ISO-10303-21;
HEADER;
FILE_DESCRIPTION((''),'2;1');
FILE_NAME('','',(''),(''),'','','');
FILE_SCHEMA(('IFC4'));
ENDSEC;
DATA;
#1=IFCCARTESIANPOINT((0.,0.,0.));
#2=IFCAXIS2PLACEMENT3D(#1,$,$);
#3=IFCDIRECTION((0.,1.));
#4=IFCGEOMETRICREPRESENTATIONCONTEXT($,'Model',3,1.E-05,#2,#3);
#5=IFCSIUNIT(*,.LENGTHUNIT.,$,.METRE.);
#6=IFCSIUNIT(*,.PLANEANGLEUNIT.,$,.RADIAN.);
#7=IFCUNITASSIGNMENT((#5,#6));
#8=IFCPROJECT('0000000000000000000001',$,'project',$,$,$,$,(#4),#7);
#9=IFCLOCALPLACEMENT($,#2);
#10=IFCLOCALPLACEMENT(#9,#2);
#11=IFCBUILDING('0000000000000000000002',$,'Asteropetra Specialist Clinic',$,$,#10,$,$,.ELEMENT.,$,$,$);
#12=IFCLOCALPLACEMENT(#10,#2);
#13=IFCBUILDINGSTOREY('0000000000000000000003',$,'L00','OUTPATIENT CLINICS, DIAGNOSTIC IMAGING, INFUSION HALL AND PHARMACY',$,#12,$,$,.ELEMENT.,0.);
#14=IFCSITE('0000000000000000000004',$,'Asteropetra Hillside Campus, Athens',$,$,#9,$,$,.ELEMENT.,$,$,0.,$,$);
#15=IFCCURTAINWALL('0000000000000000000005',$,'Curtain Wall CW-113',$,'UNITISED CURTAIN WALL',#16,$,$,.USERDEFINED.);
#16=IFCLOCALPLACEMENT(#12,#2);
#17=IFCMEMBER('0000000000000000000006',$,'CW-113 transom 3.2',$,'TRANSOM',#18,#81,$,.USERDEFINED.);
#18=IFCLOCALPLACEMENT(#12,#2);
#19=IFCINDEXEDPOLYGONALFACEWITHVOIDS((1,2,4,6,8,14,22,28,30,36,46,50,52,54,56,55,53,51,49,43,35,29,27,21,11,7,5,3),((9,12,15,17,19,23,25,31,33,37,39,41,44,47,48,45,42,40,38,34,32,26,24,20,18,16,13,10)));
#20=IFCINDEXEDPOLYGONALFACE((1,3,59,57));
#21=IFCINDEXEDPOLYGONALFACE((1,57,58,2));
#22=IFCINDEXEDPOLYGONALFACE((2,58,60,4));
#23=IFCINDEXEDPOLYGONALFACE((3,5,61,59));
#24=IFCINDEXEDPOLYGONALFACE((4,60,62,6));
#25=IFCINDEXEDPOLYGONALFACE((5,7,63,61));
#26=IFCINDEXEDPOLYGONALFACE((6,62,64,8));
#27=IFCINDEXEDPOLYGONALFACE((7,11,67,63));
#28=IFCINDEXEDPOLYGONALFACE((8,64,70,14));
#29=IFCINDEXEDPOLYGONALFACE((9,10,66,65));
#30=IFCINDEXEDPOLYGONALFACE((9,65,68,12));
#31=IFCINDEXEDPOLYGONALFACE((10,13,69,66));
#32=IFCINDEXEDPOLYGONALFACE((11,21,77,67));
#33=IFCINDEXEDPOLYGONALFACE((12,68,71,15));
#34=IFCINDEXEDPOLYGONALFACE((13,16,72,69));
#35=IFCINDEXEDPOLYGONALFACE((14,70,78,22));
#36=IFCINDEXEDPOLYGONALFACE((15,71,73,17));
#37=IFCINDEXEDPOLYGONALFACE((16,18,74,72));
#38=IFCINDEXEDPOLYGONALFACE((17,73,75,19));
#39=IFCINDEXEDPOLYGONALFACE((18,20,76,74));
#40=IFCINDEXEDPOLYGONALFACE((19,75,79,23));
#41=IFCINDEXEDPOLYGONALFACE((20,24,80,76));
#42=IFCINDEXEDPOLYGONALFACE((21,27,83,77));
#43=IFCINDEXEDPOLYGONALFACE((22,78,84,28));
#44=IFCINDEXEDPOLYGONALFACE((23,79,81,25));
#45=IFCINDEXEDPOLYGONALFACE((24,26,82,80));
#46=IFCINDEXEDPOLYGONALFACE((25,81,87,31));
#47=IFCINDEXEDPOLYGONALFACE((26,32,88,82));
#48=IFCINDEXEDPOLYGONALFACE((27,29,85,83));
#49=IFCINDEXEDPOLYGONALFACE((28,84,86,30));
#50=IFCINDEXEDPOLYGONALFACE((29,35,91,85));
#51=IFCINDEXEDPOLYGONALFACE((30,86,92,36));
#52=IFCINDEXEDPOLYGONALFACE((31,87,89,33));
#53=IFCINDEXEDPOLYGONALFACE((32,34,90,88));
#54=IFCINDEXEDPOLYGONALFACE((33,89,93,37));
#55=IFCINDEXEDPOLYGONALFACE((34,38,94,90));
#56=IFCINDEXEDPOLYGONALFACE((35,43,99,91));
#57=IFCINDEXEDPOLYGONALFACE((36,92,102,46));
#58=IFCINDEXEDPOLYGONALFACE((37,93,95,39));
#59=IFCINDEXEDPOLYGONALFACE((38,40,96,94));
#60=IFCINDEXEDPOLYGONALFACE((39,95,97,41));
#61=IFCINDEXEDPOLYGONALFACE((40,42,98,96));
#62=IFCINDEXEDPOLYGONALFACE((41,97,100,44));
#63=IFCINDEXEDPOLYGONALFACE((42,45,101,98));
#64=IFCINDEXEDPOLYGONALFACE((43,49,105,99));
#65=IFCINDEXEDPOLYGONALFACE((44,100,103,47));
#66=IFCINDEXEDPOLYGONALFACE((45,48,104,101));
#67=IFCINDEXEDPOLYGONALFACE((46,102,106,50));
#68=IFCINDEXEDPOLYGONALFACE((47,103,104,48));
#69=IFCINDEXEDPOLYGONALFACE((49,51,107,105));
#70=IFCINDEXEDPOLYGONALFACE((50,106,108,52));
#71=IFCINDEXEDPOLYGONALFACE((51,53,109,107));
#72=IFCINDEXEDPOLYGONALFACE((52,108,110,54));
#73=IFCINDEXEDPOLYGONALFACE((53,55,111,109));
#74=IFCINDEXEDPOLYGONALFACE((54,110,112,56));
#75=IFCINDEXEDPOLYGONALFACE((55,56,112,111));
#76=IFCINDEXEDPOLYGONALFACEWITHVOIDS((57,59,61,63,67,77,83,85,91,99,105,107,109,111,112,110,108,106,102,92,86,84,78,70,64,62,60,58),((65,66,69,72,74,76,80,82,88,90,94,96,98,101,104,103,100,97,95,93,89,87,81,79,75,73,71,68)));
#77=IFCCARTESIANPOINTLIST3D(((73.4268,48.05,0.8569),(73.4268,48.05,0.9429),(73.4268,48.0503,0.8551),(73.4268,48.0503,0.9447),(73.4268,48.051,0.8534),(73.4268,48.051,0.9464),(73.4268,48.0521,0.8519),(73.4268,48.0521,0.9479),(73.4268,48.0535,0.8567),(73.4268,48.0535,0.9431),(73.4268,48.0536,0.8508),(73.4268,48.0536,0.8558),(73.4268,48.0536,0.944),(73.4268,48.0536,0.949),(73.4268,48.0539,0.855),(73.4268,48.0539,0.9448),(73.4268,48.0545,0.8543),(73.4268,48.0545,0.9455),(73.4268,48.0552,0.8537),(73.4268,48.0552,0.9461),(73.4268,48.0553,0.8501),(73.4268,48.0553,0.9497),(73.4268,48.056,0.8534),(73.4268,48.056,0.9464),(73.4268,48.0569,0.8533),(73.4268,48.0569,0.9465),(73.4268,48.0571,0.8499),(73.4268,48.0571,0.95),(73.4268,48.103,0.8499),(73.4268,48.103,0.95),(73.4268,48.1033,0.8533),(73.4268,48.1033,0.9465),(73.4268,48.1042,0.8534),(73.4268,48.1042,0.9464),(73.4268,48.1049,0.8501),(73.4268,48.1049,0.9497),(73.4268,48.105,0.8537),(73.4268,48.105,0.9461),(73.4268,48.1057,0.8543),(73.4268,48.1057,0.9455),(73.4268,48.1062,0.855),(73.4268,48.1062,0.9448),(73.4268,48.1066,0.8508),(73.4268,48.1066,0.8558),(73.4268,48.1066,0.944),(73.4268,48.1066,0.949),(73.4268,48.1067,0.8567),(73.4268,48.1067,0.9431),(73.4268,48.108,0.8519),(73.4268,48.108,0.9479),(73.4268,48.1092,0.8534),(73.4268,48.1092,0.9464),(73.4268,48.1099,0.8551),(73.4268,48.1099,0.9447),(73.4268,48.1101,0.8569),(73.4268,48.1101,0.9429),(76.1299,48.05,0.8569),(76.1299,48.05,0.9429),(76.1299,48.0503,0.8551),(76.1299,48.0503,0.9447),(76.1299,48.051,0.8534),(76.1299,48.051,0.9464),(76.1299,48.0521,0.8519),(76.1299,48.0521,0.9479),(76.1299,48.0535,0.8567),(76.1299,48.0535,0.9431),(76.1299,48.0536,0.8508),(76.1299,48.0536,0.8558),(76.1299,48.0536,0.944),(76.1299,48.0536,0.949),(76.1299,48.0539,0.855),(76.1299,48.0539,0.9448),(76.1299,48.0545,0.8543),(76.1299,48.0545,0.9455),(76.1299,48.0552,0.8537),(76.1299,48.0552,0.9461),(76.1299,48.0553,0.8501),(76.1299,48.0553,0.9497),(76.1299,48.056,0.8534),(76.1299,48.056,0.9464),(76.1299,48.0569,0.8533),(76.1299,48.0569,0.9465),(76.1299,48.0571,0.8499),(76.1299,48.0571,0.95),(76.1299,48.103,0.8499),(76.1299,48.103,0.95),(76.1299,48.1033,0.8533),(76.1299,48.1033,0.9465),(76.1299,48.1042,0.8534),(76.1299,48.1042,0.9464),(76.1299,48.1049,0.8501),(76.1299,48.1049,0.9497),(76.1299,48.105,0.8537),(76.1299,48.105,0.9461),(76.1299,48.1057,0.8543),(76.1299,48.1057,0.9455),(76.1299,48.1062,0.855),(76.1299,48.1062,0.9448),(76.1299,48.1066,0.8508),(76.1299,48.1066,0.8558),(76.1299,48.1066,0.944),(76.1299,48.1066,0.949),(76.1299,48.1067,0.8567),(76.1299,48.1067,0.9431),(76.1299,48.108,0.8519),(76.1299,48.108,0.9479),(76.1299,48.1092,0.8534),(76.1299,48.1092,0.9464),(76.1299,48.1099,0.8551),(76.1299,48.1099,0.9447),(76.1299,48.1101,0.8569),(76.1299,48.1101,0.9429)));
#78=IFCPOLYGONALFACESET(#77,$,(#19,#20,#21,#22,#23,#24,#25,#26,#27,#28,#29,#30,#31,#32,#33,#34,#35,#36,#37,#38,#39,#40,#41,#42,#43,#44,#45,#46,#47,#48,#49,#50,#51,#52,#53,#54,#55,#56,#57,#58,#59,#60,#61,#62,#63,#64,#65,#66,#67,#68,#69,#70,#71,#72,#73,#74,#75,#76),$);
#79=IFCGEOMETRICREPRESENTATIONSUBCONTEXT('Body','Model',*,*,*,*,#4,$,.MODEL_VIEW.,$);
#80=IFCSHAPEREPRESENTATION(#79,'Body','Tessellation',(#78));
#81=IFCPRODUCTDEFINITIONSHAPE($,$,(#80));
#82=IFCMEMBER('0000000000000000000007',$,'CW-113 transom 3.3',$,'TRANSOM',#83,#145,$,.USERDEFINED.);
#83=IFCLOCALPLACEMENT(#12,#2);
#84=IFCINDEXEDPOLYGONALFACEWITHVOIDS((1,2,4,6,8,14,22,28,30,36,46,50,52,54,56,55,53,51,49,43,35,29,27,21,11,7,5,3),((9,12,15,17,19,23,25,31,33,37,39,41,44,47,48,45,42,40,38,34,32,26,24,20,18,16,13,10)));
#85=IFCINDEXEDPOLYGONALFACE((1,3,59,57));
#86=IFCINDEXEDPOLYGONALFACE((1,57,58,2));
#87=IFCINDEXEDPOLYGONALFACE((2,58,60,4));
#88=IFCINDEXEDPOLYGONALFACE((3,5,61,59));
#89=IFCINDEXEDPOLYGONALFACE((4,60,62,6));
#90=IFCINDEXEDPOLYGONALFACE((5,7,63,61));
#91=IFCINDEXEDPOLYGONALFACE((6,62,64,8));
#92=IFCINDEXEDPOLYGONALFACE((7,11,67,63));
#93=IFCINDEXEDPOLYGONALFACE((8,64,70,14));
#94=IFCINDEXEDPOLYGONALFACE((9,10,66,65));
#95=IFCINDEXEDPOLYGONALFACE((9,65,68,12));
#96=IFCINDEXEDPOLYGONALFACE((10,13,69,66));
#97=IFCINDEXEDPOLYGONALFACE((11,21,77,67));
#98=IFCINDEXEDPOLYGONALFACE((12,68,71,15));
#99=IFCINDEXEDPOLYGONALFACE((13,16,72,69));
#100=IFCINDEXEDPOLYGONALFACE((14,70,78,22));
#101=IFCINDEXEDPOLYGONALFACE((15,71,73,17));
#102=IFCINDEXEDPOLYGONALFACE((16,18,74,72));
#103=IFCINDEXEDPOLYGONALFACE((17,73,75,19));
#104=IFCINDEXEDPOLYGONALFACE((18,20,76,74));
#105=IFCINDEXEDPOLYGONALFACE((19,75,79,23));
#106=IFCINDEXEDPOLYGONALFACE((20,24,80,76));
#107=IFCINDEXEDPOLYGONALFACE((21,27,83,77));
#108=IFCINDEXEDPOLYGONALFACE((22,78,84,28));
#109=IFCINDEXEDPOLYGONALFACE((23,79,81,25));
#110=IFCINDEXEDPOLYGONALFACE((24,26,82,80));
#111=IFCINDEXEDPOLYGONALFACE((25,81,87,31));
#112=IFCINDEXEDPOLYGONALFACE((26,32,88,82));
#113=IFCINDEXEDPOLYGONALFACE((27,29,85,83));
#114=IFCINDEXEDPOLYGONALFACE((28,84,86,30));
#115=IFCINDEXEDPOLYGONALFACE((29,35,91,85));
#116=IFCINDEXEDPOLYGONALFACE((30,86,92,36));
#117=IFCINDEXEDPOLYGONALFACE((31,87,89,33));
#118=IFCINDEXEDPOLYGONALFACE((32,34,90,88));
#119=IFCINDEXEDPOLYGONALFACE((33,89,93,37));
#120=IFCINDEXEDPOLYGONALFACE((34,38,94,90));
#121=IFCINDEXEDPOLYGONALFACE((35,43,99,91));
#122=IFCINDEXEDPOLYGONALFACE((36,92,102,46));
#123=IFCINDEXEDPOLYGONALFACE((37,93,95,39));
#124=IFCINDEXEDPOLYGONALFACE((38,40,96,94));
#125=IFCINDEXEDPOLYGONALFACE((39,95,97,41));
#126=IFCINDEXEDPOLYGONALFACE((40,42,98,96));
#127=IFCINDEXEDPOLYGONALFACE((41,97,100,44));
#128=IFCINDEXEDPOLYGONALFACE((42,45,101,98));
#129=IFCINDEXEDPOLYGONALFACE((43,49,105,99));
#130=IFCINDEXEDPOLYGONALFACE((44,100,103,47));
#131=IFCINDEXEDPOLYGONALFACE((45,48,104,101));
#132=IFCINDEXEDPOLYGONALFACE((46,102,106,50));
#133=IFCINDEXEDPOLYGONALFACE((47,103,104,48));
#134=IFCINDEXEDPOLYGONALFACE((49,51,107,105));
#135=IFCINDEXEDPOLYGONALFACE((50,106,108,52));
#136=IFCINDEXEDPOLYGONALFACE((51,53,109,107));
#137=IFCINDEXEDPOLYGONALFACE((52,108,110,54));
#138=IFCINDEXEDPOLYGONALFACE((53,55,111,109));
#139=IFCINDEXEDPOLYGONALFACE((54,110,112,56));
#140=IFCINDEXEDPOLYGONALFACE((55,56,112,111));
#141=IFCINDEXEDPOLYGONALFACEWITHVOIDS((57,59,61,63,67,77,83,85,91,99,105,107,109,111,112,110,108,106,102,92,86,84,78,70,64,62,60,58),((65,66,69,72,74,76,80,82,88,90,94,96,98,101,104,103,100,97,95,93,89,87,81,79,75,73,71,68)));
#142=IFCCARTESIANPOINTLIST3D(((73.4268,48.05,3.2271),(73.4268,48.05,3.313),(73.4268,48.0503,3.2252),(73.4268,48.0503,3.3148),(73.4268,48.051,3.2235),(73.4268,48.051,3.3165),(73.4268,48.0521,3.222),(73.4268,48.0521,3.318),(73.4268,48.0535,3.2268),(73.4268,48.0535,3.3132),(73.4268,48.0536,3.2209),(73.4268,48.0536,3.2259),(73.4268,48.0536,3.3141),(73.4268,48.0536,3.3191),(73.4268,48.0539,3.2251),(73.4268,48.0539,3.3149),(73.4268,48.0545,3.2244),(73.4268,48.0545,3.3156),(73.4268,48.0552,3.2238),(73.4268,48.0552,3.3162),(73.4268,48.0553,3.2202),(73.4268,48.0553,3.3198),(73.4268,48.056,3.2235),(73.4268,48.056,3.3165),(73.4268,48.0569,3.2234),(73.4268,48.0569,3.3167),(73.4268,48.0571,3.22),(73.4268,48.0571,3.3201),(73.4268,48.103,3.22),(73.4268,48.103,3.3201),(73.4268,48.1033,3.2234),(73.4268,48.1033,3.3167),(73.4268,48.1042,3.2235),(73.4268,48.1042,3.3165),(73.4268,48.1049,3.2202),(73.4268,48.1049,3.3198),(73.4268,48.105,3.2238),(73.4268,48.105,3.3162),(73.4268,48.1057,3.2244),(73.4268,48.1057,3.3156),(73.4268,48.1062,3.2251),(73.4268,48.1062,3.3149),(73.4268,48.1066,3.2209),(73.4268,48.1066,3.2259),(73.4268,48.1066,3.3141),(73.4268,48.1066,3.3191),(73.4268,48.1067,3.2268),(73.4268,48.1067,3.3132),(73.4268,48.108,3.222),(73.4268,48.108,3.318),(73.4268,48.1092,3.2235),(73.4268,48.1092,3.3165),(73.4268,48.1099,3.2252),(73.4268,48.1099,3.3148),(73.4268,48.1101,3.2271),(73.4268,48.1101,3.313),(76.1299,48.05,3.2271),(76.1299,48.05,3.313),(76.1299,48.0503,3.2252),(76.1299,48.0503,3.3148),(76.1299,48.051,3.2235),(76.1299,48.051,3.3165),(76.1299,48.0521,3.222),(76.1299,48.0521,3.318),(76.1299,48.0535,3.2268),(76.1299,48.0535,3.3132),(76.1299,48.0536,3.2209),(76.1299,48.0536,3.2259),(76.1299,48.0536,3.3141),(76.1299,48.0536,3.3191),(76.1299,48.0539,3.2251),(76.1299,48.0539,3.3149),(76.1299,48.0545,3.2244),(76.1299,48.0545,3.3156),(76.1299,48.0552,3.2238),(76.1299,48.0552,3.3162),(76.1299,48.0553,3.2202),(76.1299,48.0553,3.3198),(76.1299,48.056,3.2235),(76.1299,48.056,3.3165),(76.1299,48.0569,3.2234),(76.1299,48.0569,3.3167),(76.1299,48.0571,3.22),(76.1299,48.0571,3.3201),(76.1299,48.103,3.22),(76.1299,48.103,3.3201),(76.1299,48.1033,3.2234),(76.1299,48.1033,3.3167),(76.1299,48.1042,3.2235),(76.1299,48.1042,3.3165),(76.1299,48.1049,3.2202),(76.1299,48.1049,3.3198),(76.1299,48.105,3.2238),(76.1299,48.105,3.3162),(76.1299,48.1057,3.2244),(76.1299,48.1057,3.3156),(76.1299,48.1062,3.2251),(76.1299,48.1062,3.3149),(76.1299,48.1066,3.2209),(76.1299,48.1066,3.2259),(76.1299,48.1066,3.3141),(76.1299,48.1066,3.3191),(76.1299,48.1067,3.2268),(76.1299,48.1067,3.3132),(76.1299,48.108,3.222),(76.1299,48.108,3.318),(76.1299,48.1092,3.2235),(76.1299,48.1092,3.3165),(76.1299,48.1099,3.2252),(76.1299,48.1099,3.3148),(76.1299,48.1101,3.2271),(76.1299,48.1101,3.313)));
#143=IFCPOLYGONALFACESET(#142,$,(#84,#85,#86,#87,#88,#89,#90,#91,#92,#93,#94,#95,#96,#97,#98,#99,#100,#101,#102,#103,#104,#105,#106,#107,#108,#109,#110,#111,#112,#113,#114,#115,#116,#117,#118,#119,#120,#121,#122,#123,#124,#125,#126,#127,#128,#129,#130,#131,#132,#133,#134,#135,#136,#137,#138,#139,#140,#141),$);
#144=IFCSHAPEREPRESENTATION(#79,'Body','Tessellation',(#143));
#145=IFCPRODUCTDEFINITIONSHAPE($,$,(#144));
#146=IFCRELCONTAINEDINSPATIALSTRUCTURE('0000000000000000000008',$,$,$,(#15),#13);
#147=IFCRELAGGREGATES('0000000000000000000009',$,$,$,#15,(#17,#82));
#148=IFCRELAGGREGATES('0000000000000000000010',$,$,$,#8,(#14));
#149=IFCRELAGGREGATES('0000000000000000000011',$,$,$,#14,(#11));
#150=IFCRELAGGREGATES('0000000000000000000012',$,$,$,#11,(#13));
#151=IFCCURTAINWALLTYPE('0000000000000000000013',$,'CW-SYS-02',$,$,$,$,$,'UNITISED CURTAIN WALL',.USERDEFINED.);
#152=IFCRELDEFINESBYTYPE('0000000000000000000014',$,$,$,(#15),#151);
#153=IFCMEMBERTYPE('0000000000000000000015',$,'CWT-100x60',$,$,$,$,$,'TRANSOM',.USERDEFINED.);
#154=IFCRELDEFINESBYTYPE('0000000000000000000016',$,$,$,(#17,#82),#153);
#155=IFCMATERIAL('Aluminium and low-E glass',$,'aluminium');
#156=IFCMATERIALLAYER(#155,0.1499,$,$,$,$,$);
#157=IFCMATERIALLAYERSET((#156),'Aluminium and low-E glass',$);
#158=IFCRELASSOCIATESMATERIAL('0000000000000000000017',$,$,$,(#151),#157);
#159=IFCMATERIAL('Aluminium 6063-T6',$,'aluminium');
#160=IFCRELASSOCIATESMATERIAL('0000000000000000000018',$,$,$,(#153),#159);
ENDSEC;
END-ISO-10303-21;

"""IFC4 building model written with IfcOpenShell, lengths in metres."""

from ifc_helpers import new_model, si_unit, direction, frame, origin, origin_2d, place, context, subcontext, project, spatial, hollow_rectangle, extrude, material, layer, layer_set, material_profile, profile_set, type_object, element, aggregate, save


model = new_model("IFC4")

# Units and contexts
model_context = context("Model", 3, precision=1e-05, world=origin(), true_north=direction((0.0, 1.0)))
body_context = subcontext(model_context, "Body", "Model", "MODEL_VIEW")
ifc_project = project(units=[si_unit("LENGTHUNIT", "METRE"), si_unit("PLANEANGLEUNIT", "RADIAN")], contexts=[model_context])

# Site, building, storey
site_placement = place(None, origin())
site = spatial("IfcSite", under=ifc_project, at=site_placement, Name="Asteropetra Hillside Campus, Athens", CompositionType="ELEMENT", RefElevation=0.0)
building_placement = place(site_placement, origin())
building = spatial("IfcBuilding", under=site, at=building_placement, Name="Asteropetra Specialist Clinic", CompositionType="ELEMENT")
storey_placement = place(building_placement, origin())
storey = spatial("IfcBuildingStorey", under=building, at=storey_placement, Name="L00", Description="OUTPATIENT CLINICS, DIAGNOSTIC IMAGING, INFUSION HALL AND PHARMACY", CompositionType="ELEMENT", Elevation=0.0)

# Curtain wall, members
ifc_material_1 = material(Name="Aluminium and low-E glass", Category="aluminium")
ifc_layer_1 = layer(ifc_material_1, 0.1499)
ifc_layer_set_1 = layer_set([ifc_layer_1], Name="Aluminium and low-E glass")
curtain_wall_type = type_object("IfcCurtainWallType", Name="CW-SYS-02", ElementType="UNITISED CURTAIN WALL", PredefinedType="USERDEFINED", material=ifc_layer_set_1)
curtain_wall_placement = place(storey_placement, origin())
curtain_wall = element("IfcCurtainWall", 1, at=curtain_wall_placement, inside=storey, type_object=curtain_wall_type, Name="Curtain Wall CW-113", ObjectType="UNITISED CURTAIN WALL", PredefinedType="USERDEFINED")
ifc_material_2 = material(Name="Aluminium 6063-T6", Category="aluminium")
ifc_material_profile_1 = material_profile(ifc_material_2, hollow_rectangle(XDim=0.0601, YDim=0.1001, WallThickness=0.0034, InnerFilletRadius=0.0034, OuterFilletRadius=0.0071, at=origin_2d()), Name="TRN 100x60x3.5")
ifc_profile_set_1 = profile_set([ifc_material_profile_1], Name="Aluminium 6063-T6")
member_type_1 = type_object("IfcMemberType", Name="CWT-100x60", ElementType="TRANSOM", PredefinedType="USERDEFINED", material=ifc_profile_set_1)
member_1_placement = place(storey_placement, frame((73.4268, 48.0801, 0.8999), z_axis=(1.0, 0.0, 0.0), x_axis=(0.0, 1.0, 0.0)))
member_1 = element("IfcMember", 2, at=member_1_placement, type_object=member_type_1, Name="CW-113 transom 3.2", ObjectType="TRANSOM", PredefinedType="USERDEFINED", context=body_context, shape_type="SweptSolid", body=[
    extrude(hollow_rectangle(XDim=0.0601, YDim=0.1001, WallThickness=0.0034, InnerFilletRadius=0.0034, OuterFilletRadius=0.0071, at=origin_2d()), origin(), (0.0, 0.0, 1.0), 2.7031),
])
member_2_placement = place(storey_placement, frame((73.4268, 48.0801, 3.27), z_axis=(1.0, 0.0, 0.0), x_axis=(0.0, 1.0, 0.0)))
member_2 = element("IfcMember", 3, at=member_2_placement, type_object=member_type_1, Name="CW-113 transom 3.3", ObjectType="TRANSOM", PredefinedType="USERDEFINED", context=body_context, shape_type="SweptSolid", body=[
    extrude(hollow_rectangle(XDim=0.0601, YDim=0.1001, WallThickness=0.0034, InnerFilletRadius=0.0034, OuterFilletRadius=0.0071, at=origin_2d()), origin(), (0.0, 0.0, 1.0), 2.7031),
])

aggregate(curtain_wall, [member_1, member_2])

save(model, "model.ifc")
